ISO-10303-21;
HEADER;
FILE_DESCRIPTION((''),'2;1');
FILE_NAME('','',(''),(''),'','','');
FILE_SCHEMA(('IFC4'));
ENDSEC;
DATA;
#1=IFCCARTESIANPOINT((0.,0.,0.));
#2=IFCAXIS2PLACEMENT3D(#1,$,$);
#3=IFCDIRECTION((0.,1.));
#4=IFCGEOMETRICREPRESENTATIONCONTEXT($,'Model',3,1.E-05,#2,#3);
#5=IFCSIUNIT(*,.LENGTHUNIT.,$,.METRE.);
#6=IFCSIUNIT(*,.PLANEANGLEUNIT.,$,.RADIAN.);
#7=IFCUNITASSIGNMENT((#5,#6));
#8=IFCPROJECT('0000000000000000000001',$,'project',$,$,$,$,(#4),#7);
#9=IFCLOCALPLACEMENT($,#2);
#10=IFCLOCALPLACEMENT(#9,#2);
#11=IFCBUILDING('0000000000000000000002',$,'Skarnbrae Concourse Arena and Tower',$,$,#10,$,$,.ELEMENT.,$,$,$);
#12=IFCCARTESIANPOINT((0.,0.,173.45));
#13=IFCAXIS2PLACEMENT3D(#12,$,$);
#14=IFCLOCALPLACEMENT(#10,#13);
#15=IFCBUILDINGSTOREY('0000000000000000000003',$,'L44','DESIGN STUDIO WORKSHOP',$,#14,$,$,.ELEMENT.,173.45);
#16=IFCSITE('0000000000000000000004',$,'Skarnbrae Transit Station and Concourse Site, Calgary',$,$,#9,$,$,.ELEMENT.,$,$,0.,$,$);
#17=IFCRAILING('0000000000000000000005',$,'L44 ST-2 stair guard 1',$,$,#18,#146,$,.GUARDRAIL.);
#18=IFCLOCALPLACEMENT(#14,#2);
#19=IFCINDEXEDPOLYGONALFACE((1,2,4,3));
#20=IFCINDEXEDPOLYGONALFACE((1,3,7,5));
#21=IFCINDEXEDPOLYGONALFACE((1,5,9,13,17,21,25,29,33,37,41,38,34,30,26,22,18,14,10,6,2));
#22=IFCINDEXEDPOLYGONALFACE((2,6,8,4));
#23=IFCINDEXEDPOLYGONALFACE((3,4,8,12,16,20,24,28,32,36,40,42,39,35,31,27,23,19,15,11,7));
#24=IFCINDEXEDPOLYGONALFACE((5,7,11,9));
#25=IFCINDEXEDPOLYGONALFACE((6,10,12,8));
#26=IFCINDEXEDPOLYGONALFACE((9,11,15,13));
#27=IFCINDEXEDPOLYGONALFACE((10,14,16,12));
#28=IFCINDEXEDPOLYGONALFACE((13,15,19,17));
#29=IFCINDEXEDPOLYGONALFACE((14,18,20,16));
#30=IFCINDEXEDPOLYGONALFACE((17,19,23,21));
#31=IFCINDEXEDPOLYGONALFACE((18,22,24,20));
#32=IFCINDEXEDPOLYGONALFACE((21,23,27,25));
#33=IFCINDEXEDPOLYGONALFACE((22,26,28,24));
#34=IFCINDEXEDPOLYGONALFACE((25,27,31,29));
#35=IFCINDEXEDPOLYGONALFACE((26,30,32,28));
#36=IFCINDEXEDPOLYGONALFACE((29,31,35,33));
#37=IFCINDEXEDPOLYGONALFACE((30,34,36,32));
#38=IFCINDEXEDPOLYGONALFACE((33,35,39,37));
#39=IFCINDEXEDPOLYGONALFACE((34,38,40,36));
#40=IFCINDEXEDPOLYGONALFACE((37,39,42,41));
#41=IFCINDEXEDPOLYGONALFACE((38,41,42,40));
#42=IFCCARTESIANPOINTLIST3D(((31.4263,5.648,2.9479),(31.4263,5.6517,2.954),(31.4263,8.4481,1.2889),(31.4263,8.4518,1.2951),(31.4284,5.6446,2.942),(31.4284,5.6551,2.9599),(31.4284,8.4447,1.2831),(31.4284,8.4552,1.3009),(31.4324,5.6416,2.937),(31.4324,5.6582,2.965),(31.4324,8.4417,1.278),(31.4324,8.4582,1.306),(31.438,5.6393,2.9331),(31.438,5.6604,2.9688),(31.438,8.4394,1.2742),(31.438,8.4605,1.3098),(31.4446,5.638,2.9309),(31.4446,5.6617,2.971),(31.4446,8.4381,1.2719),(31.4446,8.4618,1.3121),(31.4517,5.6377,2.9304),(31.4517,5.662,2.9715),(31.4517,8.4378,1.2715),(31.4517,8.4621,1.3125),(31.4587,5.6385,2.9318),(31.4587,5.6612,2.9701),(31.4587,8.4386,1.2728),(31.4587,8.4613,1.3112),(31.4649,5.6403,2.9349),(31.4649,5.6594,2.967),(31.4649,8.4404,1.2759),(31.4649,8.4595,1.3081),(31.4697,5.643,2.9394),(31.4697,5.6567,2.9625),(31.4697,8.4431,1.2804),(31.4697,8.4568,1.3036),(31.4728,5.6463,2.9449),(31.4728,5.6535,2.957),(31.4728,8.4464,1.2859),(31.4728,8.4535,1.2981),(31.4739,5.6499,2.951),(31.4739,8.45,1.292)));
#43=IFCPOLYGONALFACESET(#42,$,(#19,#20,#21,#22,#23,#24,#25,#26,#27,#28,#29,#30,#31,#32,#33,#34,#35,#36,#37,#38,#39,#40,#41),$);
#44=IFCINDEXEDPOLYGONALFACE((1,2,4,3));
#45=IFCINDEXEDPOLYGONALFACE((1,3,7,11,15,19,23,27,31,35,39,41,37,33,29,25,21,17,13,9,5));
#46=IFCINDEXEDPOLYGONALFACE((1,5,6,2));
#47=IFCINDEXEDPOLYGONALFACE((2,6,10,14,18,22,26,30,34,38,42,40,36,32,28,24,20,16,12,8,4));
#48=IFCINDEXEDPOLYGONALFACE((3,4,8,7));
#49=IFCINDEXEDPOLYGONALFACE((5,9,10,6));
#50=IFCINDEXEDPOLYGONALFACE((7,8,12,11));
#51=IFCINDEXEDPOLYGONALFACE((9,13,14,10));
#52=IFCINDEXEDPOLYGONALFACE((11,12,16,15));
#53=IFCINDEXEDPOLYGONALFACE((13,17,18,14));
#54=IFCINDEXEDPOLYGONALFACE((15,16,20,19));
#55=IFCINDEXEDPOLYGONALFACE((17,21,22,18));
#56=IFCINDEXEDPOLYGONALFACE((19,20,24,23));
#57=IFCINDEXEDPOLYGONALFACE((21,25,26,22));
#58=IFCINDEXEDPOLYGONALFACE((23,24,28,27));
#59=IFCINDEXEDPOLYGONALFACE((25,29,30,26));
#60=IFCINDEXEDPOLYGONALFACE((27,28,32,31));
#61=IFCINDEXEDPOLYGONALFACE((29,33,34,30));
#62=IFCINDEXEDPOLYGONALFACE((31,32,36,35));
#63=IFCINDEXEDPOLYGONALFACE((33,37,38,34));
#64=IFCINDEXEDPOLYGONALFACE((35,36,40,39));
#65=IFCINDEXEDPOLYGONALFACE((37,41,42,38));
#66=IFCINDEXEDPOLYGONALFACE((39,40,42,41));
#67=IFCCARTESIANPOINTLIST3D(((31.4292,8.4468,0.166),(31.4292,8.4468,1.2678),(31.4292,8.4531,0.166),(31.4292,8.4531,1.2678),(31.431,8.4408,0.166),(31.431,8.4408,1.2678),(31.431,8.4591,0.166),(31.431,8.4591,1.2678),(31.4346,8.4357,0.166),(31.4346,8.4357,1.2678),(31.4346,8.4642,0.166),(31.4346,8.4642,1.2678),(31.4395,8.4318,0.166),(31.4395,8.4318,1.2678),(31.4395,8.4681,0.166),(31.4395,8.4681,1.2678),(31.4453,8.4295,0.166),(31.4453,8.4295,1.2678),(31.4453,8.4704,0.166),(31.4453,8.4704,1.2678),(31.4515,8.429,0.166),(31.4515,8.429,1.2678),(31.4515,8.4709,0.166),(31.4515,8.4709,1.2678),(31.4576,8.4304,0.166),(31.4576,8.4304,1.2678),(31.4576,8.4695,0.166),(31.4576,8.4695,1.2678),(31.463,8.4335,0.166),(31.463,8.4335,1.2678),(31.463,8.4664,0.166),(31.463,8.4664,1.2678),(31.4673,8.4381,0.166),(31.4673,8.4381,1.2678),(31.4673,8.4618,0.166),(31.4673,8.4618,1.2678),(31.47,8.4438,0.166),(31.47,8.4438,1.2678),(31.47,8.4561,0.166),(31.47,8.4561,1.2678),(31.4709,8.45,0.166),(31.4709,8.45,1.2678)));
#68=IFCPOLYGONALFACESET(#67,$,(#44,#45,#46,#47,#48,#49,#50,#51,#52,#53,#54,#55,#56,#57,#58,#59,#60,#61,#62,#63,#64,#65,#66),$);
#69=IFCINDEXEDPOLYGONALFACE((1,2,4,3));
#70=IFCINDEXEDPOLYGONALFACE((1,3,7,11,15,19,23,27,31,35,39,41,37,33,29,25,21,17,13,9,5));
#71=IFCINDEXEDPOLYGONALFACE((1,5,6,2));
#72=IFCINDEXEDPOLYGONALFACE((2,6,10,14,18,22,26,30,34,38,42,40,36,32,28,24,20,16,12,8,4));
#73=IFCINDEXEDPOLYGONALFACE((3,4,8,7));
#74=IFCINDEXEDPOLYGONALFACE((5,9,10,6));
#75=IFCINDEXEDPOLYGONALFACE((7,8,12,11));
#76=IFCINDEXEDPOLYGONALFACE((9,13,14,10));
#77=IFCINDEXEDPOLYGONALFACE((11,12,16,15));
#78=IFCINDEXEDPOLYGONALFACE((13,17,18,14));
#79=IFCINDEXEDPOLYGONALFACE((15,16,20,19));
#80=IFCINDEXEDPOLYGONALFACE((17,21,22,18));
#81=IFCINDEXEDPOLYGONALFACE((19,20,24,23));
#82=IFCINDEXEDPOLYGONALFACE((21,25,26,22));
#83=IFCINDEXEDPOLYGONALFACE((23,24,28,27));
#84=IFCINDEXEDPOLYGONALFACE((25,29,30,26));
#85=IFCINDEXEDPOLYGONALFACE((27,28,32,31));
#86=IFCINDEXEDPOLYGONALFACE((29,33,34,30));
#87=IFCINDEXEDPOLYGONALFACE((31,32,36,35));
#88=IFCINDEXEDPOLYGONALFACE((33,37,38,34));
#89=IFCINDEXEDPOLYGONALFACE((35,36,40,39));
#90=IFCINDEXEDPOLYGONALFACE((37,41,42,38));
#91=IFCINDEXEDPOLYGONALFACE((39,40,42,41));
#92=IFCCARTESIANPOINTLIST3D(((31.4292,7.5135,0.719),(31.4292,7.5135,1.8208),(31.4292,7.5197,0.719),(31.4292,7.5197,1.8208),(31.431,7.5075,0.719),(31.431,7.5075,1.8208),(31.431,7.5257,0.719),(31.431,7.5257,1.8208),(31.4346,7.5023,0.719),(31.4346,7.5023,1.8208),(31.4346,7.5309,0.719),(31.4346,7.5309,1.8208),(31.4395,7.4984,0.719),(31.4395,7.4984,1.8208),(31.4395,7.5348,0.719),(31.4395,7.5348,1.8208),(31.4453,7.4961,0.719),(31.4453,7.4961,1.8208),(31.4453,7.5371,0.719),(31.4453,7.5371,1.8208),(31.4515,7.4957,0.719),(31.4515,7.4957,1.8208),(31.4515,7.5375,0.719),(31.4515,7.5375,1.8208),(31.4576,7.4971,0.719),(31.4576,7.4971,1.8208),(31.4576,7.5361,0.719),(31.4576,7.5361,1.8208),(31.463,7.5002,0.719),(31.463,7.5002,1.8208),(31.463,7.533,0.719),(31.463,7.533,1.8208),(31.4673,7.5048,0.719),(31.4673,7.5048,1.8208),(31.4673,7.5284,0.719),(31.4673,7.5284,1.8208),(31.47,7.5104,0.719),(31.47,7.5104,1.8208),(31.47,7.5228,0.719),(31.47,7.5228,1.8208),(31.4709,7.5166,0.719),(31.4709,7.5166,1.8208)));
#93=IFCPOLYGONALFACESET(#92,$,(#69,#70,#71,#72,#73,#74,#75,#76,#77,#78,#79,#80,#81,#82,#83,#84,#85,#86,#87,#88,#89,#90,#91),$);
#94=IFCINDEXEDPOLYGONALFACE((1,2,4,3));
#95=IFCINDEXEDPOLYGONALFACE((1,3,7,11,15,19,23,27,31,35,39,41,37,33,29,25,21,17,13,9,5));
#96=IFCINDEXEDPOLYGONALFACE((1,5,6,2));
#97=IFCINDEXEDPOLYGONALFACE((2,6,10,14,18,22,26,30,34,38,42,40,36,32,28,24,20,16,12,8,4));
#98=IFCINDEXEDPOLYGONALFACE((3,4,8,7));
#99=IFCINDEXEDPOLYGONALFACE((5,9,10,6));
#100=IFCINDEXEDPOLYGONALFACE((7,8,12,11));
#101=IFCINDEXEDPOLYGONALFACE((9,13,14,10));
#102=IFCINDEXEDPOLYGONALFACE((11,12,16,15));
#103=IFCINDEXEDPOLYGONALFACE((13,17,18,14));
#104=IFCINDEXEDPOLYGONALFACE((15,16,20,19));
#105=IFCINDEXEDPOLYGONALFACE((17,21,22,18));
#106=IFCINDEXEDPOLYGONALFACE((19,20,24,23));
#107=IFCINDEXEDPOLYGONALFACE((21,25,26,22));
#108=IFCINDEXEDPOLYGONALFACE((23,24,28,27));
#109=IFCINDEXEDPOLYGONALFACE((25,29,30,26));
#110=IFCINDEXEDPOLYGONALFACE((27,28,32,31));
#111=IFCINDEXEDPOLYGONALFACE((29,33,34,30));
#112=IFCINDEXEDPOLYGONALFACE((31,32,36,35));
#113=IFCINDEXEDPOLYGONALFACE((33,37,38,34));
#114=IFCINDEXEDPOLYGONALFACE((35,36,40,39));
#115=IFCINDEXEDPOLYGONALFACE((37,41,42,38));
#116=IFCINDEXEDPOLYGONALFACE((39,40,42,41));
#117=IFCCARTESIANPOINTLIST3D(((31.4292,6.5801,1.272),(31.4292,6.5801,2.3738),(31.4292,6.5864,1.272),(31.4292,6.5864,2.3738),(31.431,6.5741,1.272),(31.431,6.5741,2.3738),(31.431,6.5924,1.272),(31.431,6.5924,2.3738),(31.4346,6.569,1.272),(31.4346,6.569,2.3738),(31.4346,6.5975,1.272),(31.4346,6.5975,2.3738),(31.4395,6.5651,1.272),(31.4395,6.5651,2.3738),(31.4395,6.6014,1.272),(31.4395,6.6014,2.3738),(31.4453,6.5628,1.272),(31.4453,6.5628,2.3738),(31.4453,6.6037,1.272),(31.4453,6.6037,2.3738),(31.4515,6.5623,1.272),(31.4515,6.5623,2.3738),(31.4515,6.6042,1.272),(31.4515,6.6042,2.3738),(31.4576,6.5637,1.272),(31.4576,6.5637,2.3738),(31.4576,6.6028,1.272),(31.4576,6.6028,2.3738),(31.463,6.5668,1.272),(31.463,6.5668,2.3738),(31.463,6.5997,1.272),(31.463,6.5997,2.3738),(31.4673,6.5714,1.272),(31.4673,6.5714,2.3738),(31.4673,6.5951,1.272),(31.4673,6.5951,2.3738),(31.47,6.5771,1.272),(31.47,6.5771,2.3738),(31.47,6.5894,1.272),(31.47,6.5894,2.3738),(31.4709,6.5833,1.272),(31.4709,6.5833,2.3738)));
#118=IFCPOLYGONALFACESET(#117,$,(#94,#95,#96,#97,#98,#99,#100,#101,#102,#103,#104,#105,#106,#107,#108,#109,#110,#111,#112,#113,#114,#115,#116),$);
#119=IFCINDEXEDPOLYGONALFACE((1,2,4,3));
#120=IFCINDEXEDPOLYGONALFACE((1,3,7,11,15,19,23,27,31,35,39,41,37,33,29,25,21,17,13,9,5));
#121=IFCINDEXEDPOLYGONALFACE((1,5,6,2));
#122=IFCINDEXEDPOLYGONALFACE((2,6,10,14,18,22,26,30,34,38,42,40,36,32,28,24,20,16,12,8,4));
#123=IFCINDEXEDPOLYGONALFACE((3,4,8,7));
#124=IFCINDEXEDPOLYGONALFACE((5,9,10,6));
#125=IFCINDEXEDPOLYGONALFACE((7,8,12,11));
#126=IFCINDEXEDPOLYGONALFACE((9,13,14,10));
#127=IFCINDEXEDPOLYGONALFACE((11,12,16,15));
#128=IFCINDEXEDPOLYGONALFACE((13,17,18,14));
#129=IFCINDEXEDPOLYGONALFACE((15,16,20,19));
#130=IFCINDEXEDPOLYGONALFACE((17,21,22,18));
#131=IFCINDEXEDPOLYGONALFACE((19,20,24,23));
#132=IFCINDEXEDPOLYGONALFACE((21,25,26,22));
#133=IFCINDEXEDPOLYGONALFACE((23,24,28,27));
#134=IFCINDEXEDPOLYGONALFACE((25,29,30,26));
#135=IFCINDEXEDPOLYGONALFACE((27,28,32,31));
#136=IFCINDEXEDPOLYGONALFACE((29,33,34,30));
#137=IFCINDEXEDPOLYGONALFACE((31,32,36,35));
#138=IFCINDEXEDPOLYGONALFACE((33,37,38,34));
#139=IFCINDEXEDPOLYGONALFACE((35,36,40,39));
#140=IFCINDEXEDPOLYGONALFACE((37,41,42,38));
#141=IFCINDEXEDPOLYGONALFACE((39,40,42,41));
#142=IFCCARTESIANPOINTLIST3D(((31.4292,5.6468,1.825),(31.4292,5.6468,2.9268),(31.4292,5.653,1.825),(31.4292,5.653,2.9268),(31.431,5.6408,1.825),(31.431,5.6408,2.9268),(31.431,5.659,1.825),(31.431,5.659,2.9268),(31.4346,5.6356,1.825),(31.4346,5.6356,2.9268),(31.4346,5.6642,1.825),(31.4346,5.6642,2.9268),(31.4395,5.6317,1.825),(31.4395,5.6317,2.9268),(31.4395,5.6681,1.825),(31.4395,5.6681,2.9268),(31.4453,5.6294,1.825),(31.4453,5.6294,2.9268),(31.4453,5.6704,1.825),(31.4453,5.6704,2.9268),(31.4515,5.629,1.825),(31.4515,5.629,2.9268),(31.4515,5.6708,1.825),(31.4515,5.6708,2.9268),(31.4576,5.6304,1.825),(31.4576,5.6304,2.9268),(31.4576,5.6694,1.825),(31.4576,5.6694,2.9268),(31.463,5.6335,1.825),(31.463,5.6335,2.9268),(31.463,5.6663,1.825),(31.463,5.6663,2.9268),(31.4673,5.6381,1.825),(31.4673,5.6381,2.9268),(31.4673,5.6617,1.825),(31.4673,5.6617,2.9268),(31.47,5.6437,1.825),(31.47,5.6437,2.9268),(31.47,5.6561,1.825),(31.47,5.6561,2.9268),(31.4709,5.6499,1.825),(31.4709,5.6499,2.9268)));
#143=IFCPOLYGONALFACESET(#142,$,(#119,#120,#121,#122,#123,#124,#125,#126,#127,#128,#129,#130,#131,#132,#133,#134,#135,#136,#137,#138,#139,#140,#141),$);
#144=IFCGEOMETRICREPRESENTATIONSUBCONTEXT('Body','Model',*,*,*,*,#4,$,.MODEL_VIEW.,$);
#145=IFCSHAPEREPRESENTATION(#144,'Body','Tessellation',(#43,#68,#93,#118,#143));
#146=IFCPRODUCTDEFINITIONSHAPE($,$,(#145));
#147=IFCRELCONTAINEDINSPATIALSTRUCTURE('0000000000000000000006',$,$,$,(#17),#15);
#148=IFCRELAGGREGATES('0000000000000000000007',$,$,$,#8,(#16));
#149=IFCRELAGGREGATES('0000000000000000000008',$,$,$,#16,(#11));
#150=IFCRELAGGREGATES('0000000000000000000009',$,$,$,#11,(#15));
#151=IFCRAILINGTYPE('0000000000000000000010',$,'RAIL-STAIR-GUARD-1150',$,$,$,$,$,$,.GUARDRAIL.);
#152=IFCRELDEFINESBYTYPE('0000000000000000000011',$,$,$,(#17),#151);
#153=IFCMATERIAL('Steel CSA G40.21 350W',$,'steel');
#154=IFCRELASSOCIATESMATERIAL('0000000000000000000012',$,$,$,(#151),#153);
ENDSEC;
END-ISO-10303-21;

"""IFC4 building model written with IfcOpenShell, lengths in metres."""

from ifc_helpers import new_model, si_unit, direction, frame, origin, origin_2d, place, context, subcontext, project, spatial, circle, extrude, material, type_object, element, save


model = new_model("IFC4")

# Units and contexts
model_context = context("Model", 3, precision=1e-05, world=origin(), true_north=direction((0.0, 1.0)))
body_context = subcontext(model_context, "Body", "Model", "MODEL_VIEW")
ifc_project = project(units=[si_unit("LENGTHUNIT", "METRE"), si_unit("PLANEANGLEUNIT", "RADIAN")], contexts=[model_context])

# Site, building, storey
site_placement = place(None, origin())
site = spatial("IfcSite", under=ifc_project, at=site_placement, Name="Skarnbrae Transit Station and Concourse Site, Calgary", CompositionType="ELEMENT", RefElevation=0.0)
building_placement = place(site_placement, origin())
building = spatial("IfcBuilding", under=site, at=building_placement, Name="Skarnbrae Concourse Arena and Tower", CompositionType="ELEMENT")
storey_placement = place(building_placement, frame((0.0, 0.0, 173.45)))
storey = spatial("IfcBuildingStorey", under=building, at=storey_placement, Name="L44", Description="DESIGN STUDIO WORKSHOP", CompositionType="ELEMENT", Elevation=173.45)

# Shared definitions
ifc_material_1 = material(Name="Steel CSA G40.21 350W", Category="steel")

# Railing
railing_type = type_object("IfcRailingType", Name="RAIL-STAIR-GUARD-1150", PredefinedType="GUARDRAIL", material=ifc_material_1)
railing_1_placement = place(storey_placement, frame((31.45, 8.45, 0.166)))
element("IfcRailing", 1, at=railing_1_placement, inside=storey, type_object=railing_type, Name="L44 ST-2 stair guard 1", PredefinedType="GUARDRAIL", context=body_context, shape_type="SweptSolid", body=[
    extrude(circle(Radius=0.0239, at=origin_2d()), frame((0.0, 0.0, 1.126), z_axis=(0.0, -0.860339, 0.509722), x_axis=(1.0, 0.0, 0.0)), (0.0, 0.0, 1.0), 3.2546),
    extrude(circle(Radius=0.021, at=origin_2d()), origin(), (0.0, 0.0, 1.0), 1.1018),
    extrude(circle(Radius=0.021, at=origin_2d()), frame((0.0, -0.9333, 0.553)), (0.0, 0.0, 1.0), 1.1018),
    extrude(circle(Radius=0.021, at=origin_2d()), frame((0.0, -1.8667, 1.106)), (0.0, 0.0, 1.0), 1.1018),
    extrude(circle(Radius=0.021, at=origin_2d()), frame((0.0, -2.8, 1.6589)), (0.0, 0.0, 1.0), 1.1018),
])

save(model, "model.ifc")
